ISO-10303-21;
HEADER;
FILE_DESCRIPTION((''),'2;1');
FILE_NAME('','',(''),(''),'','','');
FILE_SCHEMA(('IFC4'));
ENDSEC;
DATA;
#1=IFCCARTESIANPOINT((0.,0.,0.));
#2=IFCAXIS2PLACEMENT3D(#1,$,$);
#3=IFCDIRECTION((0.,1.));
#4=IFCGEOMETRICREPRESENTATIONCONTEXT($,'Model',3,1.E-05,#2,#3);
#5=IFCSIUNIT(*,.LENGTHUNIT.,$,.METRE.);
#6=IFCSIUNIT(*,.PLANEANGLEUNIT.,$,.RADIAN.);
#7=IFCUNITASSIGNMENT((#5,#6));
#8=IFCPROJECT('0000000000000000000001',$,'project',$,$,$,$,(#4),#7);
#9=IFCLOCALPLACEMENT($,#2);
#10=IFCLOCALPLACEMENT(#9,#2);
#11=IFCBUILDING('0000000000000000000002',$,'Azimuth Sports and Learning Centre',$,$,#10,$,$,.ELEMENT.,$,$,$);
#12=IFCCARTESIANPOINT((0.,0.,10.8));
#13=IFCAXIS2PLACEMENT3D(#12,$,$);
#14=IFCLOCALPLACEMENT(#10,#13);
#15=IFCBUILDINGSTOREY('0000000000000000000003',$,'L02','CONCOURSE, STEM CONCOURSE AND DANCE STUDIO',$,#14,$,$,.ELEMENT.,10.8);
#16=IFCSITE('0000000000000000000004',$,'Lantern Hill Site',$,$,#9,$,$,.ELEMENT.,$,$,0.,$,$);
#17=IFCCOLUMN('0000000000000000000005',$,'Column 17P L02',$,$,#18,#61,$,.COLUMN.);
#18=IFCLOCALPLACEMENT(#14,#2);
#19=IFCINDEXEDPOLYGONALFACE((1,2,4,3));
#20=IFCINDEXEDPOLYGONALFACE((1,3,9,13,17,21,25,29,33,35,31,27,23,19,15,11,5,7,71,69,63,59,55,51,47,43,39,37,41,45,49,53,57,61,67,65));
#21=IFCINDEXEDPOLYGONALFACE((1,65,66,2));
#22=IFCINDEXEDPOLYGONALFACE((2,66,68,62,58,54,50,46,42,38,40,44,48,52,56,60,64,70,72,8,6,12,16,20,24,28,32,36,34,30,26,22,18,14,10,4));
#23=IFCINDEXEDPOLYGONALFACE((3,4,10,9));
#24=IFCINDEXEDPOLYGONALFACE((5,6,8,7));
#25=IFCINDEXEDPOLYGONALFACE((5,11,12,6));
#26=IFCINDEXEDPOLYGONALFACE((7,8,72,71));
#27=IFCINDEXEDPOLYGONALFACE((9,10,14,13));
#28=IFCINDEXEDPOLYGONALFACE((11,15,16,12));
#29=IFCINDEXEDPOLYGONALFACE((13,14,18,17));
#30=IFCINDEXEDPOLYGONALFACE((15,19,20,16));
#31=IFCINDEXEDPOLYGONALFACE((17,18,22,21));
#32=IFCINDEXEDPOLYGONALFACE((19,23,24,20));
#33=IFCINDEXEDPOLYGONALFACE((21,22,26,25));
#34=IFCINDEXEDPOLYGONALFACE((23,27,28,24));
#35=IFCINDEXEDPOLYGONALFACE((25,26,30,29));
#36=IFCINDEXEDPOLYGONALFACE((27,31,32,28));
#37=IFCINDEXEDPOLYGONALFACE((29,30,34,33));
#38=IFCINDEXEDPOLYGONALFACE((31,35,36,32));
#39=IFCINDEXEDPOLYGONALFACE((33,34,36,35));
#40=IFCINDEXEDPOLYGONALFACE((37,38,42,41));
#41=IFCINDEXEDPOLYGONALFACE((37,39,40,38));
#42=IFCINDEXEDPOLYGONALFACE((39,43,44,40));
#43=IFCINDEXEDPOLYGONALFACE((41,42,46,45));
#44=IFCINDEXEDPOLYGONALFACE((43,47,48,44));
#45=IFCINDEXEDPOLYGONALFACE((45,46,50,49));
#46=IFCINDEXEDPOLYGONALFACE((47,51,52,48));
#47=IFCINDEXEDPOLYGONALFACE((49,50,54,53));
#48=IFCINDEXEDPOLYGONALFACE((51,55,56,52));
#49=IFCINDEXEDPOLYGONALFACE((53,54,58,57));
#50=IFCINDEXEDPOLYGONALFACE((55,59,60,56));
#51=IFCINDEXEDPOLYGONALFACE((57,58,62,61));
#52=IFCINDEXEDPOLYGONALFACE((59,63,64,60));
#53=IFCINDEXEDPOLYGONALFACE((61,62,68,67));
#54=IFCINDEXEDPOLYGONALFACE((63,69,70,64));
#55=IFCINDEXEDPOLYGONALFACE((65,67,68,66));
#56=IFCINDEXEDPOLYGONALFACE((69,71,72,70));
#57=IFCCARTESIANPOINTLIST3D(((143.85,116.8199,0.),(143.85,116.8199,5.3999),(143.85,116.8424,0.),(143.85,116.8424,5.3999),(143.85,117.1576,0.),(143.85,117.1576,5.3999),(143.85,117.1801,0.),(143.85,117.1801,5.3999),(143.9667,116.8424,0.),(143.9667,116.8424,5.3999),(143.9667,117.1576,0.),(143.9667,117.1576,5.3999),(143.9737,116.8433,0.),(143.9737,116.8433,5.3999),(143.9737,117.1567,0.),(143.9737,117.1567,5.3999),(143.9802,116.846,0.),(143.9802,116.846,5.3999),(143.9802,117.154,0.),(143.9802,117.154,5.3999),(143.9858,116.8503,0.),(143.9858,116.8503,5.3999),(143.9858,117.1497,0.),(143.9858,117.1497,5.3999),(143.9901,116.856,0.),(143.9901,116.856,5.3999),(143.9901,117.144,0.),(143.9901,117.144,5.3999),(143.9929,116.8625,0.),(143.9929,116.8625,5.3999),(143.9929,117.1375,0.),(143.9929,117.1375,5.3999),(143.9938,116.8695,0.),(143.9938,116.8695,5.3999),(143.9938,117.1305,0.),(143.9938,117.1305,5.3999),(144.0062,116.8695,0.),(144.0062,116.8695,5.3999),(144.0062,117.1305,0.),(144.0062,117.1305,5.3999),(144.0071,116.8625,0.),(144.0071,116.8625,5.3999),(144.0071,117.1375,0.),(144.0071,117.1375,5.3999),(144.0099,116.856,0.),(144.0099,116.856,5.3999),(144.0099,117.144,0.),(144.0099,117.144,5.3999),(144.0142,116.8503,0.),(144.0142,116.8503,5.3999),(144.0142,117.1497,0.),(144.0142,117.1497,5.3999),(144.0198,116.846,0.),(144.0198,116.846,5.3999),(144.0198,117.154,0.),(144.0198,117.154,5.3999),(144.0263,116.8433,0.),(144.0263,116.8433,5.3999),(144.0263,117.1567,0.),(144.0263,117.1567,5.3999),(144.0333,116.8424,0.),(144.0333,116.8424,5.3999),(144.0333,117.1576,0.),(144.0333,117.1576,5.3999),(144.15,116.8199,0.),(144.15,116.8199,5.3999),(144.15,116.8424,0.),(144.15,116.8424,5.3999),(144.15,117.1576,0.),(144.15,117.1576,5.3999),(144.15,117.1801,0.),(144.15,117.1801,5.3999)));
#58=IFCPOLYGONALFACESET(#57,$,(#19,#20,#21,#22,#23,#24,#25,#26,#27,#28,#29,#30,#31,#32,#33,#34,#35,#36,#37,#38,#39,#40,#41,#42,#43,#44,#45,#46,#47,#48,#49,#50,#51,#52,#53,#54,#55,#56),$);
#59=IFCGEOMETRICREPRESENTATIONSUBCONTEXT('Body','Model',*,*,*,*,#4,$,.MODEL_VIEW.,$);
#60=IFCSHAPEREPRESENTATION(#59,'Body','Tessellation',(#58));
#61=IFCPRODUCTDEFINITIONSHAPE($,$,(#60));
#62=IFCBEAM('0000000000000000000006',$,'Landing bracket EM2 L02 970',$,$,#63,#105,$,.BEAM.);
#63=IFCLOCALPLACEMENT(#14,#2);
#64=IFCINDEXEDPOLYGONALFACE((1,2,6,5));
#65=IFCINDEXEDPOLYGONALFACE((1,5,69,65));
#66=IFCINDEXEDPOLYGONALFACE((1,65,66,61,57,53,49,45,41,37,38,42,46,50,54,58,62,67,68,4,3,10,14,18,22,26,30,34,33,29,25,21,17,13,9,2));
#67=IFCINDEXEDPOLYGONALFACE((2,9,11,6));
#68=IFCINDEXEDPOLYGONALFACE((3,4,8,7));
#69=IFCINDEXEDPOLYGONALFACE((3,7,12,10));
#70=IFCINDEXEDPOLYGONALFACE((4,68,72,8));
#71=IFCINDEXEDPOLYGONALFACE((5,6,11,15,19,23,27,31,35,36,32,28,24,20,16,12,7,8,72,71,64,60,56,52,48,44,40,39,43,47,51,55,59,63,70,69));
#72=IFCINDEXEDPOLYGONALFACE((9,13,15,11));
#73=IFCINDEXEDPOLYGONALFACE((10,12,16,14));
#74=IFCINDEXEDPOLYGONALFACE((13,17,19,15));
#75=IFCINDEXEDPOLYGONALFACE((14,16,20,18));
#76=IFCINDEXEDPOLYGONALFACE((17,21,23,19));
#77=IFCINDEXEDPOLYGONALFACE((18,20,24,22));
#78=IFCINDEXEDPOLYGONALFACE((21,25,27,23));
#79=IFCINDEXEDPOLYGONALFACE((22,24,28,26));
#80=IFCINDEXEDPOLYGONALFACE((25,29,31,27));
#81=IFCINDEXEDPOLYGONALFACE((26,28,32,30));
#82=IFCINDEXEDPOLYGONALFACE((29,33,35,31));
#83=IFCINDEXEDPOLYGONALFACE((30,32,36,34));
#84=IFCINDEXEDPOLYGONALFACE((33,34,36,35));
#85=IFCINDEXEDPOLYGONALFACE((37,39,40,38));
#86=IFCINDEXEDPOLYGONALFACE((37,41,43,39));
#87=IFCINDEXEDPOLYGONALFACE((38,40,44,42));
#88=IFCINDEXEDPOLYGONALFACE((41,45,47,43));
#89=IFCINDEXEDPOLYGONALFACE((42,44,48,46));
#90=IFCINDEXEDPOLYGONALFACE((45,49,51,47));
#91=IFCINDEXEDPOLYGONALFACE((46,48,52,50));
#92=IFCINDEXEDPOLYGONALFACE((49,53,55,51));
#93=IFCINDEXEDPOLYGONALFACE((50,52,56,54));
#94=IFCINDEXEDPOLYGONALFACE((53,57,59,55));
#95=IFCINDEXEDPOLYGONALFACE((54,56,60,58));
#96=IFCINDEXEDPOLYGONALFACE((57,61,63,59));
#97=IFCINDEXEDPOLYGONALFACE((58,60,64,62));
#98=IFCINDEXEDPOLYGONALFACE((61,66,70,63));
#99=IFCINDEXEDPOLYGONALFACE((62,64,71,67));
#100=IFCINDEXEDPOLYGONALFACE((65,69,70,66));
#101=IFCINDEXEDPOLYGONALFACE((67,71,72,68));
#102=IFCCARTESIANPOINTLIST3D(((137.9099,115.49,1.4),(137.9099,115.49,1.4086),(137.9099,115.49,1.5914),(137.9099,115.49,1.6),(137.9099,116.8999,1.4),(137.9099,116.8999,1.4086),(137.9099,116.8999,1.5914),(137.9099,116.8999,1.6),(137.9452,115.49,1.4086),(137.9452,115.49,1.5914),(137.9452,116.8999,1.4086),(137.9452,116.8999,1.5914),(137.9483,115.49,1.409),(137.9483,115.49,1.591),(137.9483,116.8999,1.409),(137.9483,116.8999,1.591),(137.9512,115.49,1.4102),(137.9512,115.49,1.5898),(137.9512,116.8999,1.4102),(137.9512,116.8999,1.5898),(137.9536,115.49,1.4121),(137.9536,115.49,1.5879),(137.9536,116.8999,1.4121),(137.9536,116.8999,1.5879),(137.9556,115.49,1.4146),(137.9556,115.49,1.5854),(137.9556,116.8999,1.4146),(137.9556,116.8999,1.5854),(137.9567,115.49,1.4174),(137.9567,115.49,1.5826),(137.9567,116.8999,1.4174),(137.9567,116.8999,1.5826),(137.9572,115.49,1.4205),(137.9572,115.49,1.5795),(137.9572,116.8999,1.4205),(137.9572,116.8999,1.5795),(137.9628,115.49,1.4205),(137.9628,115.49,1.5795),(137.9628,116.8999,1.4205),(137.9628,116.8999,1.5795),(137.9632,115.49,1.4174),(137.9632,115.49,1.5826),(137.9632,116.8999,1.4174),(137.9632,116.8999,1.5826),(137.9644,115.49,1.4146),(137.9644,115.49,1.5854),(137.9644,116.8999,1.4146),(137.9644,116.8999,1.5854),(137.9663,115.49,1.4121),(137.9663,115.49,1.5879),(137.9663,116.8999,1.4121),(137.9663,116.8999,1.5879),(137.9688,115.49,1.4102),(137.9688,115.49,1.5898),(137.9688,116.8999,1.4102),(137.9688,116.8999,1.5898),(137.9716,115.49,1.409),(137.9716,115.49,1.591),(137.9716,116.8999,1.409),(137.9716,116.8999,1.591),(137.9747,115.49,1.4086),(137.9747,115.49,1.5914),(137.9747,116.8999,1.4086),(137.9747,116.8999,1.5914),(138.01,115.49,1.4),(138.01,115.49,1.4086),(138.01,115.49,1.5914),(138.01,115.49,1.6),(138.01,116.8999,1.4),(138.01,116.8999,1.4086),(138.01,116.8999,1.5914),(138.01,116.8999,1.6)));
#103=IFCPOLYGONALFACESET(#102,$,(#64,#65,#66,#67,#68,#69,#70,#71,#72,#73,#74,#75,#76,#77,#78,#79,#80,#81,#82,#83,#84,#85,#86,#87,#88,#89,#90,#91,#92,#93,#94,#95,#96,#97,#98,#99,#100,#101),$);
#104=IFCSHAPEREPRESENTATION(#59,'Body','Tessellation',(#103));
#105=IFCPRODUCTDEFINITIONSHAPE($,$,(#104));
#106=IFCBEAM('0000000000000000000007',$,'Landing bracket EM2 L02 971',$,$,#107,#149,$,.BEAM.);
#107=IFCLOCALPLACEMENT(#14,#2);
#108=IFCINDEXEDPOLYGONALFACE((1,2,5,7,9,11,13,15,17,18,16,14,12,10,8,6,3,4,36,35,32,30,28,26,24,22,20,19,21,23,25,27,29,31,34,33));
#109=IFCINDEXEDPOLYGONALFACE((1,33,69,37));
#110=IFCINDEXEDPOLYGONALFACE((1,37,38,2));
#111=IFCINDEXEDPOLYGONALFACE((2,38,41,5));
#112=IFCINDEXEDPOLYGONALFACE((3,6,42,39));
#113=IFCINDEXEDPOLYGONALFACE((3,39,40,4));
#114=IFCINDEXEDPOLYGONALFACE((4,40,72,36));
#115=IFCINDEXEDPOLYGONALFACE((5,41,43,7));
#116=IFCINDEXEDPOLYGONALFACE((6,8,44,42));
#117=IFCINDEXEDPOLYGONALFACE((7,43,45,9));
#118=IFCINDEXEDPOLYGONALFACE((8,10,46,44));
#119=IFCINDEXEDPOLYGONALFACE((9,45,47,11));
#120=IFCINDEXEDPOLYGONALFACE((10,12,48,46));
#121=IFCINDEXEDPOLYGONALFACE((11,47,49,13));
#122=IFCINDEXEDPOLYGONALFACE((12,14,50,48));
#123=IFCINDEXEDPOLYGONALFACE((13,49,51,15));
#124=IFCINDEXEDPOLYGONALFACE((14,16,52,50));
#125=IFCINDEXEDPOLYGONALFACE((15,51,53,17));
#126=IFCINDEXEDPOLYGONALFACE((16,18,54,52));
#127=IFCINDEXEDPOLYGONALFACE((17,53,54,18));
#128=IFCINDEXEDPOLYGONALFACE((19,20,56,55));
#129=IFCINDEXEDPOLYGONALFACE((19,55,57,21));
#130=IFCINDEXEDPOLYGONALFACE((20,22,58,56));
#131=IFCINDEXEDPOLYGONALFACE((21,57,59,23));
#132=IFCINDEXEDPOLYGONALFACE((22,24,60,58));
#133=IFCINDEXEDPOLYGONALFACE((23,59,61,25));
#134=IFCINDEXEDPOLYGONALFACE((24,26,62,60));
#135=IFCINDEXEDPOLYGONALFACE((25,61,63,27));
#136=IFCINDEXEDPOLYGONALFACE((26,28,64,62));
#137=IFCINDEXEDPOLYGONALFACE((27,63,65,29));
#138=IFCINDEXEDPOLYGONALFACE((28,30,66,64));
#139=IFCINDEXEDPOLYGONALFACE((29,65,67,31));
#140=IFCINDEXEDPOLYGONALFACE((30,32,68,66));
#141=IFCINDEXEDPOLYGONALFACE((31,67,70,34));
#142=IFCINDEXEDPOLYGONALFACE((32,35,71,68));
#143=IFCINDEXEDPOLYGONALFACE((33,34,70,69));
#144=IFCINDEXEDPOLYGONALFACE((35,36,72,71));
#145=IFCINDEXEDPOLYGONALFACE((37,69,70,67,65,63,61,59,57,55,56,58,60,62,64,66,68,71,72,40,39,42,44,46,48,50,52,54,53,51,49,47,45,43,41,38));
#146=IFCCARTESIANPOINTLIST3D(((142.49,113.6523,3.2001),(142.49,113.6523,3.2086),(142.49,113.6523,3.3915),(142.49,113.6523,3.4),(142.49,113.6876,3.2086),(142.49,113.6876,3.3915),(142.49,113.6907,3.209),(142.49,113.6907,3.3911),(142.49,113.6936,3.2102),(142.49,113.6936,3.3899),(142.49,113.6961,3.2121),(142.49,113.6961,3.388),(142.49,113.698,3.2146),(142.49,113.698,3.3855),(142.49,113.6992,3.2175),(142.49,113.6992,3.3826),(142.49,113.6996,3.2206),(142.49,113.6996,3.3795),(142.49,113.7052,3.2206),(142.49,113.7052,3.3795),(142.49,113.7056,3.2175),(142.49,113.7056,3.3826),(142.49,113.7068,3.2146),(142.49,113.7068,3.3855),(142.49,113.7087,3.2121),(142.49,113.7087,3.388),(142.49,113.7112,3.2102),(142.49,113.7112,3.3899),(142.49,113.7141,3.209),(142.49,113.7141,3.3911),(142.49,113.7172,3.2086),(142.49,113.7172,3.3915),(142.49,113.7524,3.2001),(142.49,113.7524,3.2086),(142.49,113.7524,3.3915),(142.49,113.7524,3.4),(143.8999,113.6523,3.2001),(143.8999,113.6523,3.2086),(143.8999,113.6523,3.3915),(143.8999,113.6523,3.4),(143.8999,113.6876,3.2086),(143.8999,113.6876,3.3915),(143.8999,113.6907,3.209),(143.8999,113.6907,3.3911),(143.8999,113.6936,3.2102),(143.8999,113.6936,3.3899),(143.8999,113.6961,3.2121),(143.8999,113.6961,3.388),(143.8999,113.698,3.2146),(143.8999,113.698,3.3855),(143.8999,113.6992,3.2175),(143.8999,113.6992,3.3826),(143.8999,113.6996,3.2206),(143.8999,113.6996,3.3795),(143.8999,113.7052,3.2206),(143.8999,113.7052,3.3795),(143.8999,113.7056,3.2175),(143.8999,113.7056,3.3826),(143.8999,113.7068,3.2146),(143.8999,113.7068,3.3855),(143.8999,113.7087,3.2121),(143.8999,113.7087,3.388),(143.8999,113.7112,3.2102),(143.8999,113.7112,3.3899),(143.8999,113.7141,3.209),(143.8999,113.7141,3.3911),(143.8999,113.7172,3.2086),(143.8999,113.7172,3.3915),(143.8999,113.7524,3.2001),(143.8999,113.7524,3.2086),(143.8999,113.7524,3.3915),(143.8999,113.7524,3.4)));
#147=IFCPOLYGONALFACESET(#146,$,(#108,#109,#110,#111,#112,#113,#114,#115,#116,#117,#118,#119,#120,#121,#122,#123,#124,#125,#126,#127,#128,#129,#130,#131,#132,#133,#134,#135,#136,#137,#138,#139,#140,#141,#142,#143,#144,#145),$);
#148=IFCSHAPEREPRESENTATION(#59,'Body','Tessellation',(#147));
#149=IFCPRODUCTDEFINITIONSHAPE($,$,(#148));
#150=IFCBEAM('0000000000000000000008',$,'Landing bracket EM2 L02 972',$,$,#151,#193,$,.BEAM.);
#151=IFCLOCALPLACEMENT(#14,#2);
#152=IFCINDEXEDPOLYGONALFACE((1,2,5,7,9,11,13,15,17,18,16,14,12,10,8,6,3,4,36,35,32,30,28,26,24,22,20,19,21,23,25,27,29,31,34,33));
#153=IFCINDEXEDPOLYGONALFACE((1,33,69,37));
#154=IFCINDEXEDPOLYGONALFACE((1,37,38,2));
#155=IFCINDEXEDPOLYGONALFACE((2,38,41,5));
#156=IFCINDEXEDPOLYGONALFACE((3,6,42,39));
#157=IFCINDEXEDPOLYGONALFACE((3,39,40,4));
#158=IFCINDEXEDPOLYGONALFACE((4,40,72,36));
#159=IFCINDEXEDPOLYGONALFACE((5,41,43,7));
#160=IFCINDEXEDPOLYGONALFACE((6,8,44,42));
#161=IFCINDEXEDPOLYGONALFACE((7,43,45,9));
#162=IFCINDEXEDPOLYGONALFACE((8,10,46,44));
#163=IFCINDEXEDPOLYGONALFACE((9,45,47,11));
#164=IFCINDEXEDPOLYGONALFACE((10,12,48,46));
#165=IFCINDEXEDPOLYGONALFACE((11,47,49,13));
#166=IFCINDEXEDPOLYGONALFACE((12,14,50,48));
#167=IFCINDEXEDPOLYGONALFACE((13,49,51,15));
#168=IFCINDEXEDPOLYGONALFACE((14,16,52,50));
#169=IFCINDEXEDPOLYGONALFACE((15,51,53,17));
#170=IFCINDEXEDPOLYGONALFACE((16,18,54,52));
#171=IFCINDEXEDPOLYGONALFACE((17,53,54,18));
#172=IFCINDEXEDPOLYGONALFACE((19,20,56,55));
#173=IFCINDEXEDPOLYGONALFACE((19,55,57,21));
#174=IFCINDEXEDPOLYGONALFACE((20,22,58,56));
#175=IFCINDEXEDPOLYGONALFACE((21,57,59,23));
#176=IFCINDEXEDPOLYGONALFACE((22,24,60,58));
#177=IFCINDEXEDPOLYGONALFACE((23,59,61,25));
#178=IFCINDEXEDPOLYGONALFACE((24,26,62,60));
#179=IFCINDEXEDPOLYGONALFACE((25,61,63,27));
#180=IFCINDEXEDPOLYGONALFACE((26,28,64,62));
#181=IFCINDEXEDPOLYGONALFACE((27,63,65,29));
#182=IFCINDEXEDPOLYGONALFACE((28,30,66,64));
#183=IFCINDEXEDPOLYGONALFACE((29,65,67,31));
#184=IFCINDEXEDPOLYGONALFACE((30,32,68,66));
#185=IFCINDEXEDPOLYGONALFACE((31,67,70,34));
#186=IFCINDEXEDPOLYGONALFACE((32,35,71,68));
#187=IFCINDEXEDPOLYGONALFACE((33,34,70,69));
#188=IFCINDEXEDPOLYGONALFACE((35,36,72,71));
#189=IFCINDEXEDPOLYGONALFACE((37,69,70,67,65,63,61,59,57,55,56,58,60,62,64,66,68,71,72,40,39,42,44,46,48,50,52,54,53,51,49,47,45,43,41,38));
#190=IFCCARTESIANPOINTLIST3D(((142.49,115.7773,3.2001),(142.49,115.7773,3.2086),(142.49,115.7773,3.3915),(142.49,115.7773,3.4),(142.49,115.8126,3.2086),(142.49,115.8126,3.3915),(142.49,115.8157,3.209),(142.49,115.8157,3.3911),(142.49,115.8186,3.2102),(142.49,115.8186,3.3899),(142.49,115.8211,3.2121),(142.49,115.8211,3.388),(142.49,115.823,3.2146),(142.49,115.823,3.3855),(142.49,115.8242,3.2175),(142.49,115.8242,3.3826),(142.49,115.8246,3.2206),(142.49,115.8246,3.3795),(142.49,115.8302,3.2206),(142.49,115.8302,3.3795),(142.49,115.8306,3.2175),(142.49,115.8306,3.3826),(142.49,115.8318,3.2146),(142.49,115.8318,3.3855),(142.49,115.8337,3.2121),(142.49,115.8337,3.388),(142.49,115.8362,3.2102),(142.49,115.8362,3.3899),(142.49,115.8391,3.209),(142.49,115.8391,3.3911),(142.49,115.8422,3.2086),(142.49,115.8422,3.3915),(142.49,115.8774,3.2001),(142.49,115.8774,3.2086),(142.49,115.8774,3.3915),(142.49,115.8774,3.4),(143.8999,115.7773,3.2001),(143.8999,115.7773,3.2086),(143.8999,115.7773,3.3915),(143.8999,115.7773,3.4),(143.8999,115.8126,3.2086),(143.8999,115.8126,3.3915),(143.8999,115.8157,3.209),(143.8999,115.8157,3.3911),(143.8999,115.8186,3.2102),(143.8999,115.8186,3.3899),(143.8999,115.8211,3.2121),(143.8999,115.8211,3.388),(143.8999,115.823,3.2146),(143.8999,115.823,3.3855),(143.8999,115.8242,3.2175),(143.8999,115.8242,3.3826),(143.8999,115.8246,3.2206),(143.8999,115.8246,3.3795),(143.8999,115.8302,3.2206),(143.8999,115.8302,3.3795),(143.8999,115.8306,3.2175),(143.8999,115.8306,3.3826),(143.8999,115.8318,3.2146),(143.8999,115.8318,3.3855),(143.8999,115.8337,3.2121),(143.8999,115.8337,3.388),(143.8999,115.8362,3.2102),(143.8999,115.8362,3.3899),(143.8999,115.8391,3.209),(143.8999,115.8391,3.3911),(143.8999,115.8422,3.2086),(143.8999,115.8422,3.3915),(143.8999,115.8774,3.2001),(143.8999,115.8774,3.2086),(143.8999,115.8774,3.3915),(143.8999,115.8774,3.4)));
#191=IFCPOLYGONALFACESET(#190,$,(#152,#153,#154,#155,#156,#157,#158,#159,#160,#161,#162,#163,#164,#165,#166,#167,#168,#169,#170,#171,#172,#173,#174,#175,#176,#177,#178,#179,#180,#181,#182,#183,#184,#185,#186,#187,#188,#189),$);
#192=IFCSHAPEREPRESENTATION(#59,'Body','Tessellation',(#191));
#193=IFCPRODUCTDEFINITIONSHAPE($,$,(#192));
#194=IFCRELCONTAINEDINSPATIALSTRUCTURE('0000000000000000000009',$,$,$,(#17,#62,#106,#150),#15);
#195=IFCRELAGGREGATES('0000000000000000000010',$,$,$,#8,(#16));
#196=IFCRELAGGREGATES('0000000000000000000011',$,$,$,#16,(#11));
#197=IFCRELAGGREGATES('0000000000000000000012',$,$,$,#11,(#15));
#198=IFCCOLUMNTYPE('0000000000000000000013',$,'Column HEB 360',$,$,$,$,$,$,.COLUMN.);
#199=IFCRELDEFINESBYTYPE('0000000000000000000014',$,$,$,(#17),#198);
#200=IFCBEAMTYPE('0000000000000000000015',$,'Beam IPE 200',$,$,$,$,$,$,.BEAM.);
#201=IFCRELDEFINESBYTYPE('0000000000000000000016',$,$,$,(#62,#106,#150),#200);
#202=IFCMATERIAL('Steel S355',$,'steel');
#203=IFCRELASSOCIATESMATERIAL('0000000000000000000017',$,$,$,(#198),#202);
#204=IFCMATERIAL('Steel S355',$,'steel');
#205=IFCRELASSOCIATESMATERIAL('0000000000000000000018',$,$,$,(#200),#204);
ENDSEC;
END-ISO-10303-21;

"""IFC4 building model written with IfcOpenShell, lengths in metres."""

from ifc_helpers import new_model, si_unit, direction, frame, origin, origin_2d, place, context, subcontext, project, spatial, i_section, extrude, material, material_profile, profile_set, type_object, element, save


model = new_model("IFC4")

# Units and contexts
model_context = context("Model", 3, precision=1e-05, world=origin(), true_north=direction((0.0, 1.0)))
body_context = subcontext(model_context, "Body", "Model", "MODEL_VIEW")
ifc_project = project(units=[si_unit("LENGTHUNIT", "METRE"), si_unit("PLANEANGLEUNIT", "RADIAN")], contexts=[model_context])

# Site, building, storey
site_placement = place(None, origin())
site = spatial("IfcSite", under=ifc_project, at=site_placement, Name="Lantern Hill Site", CompositionType="ELEMENT", RefElevation=0.0)
building_placement = place(site_placement, origin())
building = spatial("IfcBuilding", under=site, at=building_placement, Name="Azimuth Sports and Learning Centre", CompositionType="ELEMENT")
storey_placement = place(building_placement, frame((0.0, 0.0, 10.8)))
storey = spatial("IfcBuildingStorey", under=building, at=storey_placement, Name="L02", Description="CONCOURSE, STEM CONCOURSE AND DANCE STUDIO", CompositionType="ELEMENT", Elevation=10.8)

# Column
ifc_material_1 = material(Name="Steel S355", Category="steel")
ifc_material_profile_1 = material_profile(ifc_material_1, i_section(OverallWidth=0.3, OverallDepth=0.3601, WebThickness=0.0125, FlangeThickness=0.0225, FilletRadius=0.0271, at=origin_2d()), Name="HEB 360")
ifc_profile_set_1 = profile_set([ifc_material_profile_1], Name="Steel S355")
column_type = type_object("IfcColumnType", Name="Column HEB 360", PredefinedType="COLUMN", material=ifc_profile_set_1)
column_placement = place(storey_placement, frame((144.0, 117.0, 0.0), z_axis=(0.0, 0.0, 1.0), x_axis=(1.0, 0.0, 0.0)))
element("IfcColumn", 1, at=column_placement, inside=storey, type_object=column_type, Name="Column 17P L02", PredefinedType="COLUMN", context=body_context, shape_type="SweptSolid", body=[
    extrude(i_section(OverallWidth=0.3, OverallDepth=0.3601, WebThickness=0.0125, FlangeThickness=0.0225, FilletRadius=0.0271, at=origin_2d()), origin(), (0.0, 0.0, 1.0), 5.3999),
])

# Beams
ifc_material_2 = material(Name="Steel S355", Category="steel")
ifc_material_profile_2 = material_profile(ifc_material_2, i_section(OverallWidth=0.1001, OverallDepth=0.2, WebThickness=0.0056, FlangeThickness=0.0085, FilletRadius=0.012, at=origin_2d()), Name="IPE 200")
ifc_profile_set_2 = profile_set([ifc_material_profile_2], Name="Steel S355")
beam_type_1 = type_object("IfcBeamType", Name="Beam IPE 200", PredefinedType="BEAM", material=ifc_profile_set_2)
for number, where, z_axis, x_axis, name in (
    (2, (137.96, 116.8999, 1.5), (0.0, -1.0, 0.0), (1.0, 0.0, 0.0), "Landing bracket EM2 L02 970"),
    (3, (143.8999, 113.7024, 3.3), (-1.0, 0.0, 0.0), (0.0, -1.0, 0.0), "Landing bracket EM2 L02 971"),
    (4, (143.8999, 115.8274, 3.3), (-1.0, 0.0, 0.0), (0.0, -1.0, 0.0), "Landing bracket EM2 L02 972"),
):
    element("IfcBeam", number, at=place(storey_placement, frame(where, z_axis=z_axis, x_axis=x_axis)), inside=storey, type_object=beam_type_1, Name=name, PredefinedType="BEAM", context=body_context, shape_type="SweptSolid", body=[
        extrude(i_section(OverallWidth=0.1001, OverallDepth=0.2, WebThickness=0.0056, FlangeThickness=0.0085, FilletRadius=0.012, at=origin_2d()), origin(), (0.0, 0.0, 1.0), 1.4099),
    ])

save(model, "model.ifc")
